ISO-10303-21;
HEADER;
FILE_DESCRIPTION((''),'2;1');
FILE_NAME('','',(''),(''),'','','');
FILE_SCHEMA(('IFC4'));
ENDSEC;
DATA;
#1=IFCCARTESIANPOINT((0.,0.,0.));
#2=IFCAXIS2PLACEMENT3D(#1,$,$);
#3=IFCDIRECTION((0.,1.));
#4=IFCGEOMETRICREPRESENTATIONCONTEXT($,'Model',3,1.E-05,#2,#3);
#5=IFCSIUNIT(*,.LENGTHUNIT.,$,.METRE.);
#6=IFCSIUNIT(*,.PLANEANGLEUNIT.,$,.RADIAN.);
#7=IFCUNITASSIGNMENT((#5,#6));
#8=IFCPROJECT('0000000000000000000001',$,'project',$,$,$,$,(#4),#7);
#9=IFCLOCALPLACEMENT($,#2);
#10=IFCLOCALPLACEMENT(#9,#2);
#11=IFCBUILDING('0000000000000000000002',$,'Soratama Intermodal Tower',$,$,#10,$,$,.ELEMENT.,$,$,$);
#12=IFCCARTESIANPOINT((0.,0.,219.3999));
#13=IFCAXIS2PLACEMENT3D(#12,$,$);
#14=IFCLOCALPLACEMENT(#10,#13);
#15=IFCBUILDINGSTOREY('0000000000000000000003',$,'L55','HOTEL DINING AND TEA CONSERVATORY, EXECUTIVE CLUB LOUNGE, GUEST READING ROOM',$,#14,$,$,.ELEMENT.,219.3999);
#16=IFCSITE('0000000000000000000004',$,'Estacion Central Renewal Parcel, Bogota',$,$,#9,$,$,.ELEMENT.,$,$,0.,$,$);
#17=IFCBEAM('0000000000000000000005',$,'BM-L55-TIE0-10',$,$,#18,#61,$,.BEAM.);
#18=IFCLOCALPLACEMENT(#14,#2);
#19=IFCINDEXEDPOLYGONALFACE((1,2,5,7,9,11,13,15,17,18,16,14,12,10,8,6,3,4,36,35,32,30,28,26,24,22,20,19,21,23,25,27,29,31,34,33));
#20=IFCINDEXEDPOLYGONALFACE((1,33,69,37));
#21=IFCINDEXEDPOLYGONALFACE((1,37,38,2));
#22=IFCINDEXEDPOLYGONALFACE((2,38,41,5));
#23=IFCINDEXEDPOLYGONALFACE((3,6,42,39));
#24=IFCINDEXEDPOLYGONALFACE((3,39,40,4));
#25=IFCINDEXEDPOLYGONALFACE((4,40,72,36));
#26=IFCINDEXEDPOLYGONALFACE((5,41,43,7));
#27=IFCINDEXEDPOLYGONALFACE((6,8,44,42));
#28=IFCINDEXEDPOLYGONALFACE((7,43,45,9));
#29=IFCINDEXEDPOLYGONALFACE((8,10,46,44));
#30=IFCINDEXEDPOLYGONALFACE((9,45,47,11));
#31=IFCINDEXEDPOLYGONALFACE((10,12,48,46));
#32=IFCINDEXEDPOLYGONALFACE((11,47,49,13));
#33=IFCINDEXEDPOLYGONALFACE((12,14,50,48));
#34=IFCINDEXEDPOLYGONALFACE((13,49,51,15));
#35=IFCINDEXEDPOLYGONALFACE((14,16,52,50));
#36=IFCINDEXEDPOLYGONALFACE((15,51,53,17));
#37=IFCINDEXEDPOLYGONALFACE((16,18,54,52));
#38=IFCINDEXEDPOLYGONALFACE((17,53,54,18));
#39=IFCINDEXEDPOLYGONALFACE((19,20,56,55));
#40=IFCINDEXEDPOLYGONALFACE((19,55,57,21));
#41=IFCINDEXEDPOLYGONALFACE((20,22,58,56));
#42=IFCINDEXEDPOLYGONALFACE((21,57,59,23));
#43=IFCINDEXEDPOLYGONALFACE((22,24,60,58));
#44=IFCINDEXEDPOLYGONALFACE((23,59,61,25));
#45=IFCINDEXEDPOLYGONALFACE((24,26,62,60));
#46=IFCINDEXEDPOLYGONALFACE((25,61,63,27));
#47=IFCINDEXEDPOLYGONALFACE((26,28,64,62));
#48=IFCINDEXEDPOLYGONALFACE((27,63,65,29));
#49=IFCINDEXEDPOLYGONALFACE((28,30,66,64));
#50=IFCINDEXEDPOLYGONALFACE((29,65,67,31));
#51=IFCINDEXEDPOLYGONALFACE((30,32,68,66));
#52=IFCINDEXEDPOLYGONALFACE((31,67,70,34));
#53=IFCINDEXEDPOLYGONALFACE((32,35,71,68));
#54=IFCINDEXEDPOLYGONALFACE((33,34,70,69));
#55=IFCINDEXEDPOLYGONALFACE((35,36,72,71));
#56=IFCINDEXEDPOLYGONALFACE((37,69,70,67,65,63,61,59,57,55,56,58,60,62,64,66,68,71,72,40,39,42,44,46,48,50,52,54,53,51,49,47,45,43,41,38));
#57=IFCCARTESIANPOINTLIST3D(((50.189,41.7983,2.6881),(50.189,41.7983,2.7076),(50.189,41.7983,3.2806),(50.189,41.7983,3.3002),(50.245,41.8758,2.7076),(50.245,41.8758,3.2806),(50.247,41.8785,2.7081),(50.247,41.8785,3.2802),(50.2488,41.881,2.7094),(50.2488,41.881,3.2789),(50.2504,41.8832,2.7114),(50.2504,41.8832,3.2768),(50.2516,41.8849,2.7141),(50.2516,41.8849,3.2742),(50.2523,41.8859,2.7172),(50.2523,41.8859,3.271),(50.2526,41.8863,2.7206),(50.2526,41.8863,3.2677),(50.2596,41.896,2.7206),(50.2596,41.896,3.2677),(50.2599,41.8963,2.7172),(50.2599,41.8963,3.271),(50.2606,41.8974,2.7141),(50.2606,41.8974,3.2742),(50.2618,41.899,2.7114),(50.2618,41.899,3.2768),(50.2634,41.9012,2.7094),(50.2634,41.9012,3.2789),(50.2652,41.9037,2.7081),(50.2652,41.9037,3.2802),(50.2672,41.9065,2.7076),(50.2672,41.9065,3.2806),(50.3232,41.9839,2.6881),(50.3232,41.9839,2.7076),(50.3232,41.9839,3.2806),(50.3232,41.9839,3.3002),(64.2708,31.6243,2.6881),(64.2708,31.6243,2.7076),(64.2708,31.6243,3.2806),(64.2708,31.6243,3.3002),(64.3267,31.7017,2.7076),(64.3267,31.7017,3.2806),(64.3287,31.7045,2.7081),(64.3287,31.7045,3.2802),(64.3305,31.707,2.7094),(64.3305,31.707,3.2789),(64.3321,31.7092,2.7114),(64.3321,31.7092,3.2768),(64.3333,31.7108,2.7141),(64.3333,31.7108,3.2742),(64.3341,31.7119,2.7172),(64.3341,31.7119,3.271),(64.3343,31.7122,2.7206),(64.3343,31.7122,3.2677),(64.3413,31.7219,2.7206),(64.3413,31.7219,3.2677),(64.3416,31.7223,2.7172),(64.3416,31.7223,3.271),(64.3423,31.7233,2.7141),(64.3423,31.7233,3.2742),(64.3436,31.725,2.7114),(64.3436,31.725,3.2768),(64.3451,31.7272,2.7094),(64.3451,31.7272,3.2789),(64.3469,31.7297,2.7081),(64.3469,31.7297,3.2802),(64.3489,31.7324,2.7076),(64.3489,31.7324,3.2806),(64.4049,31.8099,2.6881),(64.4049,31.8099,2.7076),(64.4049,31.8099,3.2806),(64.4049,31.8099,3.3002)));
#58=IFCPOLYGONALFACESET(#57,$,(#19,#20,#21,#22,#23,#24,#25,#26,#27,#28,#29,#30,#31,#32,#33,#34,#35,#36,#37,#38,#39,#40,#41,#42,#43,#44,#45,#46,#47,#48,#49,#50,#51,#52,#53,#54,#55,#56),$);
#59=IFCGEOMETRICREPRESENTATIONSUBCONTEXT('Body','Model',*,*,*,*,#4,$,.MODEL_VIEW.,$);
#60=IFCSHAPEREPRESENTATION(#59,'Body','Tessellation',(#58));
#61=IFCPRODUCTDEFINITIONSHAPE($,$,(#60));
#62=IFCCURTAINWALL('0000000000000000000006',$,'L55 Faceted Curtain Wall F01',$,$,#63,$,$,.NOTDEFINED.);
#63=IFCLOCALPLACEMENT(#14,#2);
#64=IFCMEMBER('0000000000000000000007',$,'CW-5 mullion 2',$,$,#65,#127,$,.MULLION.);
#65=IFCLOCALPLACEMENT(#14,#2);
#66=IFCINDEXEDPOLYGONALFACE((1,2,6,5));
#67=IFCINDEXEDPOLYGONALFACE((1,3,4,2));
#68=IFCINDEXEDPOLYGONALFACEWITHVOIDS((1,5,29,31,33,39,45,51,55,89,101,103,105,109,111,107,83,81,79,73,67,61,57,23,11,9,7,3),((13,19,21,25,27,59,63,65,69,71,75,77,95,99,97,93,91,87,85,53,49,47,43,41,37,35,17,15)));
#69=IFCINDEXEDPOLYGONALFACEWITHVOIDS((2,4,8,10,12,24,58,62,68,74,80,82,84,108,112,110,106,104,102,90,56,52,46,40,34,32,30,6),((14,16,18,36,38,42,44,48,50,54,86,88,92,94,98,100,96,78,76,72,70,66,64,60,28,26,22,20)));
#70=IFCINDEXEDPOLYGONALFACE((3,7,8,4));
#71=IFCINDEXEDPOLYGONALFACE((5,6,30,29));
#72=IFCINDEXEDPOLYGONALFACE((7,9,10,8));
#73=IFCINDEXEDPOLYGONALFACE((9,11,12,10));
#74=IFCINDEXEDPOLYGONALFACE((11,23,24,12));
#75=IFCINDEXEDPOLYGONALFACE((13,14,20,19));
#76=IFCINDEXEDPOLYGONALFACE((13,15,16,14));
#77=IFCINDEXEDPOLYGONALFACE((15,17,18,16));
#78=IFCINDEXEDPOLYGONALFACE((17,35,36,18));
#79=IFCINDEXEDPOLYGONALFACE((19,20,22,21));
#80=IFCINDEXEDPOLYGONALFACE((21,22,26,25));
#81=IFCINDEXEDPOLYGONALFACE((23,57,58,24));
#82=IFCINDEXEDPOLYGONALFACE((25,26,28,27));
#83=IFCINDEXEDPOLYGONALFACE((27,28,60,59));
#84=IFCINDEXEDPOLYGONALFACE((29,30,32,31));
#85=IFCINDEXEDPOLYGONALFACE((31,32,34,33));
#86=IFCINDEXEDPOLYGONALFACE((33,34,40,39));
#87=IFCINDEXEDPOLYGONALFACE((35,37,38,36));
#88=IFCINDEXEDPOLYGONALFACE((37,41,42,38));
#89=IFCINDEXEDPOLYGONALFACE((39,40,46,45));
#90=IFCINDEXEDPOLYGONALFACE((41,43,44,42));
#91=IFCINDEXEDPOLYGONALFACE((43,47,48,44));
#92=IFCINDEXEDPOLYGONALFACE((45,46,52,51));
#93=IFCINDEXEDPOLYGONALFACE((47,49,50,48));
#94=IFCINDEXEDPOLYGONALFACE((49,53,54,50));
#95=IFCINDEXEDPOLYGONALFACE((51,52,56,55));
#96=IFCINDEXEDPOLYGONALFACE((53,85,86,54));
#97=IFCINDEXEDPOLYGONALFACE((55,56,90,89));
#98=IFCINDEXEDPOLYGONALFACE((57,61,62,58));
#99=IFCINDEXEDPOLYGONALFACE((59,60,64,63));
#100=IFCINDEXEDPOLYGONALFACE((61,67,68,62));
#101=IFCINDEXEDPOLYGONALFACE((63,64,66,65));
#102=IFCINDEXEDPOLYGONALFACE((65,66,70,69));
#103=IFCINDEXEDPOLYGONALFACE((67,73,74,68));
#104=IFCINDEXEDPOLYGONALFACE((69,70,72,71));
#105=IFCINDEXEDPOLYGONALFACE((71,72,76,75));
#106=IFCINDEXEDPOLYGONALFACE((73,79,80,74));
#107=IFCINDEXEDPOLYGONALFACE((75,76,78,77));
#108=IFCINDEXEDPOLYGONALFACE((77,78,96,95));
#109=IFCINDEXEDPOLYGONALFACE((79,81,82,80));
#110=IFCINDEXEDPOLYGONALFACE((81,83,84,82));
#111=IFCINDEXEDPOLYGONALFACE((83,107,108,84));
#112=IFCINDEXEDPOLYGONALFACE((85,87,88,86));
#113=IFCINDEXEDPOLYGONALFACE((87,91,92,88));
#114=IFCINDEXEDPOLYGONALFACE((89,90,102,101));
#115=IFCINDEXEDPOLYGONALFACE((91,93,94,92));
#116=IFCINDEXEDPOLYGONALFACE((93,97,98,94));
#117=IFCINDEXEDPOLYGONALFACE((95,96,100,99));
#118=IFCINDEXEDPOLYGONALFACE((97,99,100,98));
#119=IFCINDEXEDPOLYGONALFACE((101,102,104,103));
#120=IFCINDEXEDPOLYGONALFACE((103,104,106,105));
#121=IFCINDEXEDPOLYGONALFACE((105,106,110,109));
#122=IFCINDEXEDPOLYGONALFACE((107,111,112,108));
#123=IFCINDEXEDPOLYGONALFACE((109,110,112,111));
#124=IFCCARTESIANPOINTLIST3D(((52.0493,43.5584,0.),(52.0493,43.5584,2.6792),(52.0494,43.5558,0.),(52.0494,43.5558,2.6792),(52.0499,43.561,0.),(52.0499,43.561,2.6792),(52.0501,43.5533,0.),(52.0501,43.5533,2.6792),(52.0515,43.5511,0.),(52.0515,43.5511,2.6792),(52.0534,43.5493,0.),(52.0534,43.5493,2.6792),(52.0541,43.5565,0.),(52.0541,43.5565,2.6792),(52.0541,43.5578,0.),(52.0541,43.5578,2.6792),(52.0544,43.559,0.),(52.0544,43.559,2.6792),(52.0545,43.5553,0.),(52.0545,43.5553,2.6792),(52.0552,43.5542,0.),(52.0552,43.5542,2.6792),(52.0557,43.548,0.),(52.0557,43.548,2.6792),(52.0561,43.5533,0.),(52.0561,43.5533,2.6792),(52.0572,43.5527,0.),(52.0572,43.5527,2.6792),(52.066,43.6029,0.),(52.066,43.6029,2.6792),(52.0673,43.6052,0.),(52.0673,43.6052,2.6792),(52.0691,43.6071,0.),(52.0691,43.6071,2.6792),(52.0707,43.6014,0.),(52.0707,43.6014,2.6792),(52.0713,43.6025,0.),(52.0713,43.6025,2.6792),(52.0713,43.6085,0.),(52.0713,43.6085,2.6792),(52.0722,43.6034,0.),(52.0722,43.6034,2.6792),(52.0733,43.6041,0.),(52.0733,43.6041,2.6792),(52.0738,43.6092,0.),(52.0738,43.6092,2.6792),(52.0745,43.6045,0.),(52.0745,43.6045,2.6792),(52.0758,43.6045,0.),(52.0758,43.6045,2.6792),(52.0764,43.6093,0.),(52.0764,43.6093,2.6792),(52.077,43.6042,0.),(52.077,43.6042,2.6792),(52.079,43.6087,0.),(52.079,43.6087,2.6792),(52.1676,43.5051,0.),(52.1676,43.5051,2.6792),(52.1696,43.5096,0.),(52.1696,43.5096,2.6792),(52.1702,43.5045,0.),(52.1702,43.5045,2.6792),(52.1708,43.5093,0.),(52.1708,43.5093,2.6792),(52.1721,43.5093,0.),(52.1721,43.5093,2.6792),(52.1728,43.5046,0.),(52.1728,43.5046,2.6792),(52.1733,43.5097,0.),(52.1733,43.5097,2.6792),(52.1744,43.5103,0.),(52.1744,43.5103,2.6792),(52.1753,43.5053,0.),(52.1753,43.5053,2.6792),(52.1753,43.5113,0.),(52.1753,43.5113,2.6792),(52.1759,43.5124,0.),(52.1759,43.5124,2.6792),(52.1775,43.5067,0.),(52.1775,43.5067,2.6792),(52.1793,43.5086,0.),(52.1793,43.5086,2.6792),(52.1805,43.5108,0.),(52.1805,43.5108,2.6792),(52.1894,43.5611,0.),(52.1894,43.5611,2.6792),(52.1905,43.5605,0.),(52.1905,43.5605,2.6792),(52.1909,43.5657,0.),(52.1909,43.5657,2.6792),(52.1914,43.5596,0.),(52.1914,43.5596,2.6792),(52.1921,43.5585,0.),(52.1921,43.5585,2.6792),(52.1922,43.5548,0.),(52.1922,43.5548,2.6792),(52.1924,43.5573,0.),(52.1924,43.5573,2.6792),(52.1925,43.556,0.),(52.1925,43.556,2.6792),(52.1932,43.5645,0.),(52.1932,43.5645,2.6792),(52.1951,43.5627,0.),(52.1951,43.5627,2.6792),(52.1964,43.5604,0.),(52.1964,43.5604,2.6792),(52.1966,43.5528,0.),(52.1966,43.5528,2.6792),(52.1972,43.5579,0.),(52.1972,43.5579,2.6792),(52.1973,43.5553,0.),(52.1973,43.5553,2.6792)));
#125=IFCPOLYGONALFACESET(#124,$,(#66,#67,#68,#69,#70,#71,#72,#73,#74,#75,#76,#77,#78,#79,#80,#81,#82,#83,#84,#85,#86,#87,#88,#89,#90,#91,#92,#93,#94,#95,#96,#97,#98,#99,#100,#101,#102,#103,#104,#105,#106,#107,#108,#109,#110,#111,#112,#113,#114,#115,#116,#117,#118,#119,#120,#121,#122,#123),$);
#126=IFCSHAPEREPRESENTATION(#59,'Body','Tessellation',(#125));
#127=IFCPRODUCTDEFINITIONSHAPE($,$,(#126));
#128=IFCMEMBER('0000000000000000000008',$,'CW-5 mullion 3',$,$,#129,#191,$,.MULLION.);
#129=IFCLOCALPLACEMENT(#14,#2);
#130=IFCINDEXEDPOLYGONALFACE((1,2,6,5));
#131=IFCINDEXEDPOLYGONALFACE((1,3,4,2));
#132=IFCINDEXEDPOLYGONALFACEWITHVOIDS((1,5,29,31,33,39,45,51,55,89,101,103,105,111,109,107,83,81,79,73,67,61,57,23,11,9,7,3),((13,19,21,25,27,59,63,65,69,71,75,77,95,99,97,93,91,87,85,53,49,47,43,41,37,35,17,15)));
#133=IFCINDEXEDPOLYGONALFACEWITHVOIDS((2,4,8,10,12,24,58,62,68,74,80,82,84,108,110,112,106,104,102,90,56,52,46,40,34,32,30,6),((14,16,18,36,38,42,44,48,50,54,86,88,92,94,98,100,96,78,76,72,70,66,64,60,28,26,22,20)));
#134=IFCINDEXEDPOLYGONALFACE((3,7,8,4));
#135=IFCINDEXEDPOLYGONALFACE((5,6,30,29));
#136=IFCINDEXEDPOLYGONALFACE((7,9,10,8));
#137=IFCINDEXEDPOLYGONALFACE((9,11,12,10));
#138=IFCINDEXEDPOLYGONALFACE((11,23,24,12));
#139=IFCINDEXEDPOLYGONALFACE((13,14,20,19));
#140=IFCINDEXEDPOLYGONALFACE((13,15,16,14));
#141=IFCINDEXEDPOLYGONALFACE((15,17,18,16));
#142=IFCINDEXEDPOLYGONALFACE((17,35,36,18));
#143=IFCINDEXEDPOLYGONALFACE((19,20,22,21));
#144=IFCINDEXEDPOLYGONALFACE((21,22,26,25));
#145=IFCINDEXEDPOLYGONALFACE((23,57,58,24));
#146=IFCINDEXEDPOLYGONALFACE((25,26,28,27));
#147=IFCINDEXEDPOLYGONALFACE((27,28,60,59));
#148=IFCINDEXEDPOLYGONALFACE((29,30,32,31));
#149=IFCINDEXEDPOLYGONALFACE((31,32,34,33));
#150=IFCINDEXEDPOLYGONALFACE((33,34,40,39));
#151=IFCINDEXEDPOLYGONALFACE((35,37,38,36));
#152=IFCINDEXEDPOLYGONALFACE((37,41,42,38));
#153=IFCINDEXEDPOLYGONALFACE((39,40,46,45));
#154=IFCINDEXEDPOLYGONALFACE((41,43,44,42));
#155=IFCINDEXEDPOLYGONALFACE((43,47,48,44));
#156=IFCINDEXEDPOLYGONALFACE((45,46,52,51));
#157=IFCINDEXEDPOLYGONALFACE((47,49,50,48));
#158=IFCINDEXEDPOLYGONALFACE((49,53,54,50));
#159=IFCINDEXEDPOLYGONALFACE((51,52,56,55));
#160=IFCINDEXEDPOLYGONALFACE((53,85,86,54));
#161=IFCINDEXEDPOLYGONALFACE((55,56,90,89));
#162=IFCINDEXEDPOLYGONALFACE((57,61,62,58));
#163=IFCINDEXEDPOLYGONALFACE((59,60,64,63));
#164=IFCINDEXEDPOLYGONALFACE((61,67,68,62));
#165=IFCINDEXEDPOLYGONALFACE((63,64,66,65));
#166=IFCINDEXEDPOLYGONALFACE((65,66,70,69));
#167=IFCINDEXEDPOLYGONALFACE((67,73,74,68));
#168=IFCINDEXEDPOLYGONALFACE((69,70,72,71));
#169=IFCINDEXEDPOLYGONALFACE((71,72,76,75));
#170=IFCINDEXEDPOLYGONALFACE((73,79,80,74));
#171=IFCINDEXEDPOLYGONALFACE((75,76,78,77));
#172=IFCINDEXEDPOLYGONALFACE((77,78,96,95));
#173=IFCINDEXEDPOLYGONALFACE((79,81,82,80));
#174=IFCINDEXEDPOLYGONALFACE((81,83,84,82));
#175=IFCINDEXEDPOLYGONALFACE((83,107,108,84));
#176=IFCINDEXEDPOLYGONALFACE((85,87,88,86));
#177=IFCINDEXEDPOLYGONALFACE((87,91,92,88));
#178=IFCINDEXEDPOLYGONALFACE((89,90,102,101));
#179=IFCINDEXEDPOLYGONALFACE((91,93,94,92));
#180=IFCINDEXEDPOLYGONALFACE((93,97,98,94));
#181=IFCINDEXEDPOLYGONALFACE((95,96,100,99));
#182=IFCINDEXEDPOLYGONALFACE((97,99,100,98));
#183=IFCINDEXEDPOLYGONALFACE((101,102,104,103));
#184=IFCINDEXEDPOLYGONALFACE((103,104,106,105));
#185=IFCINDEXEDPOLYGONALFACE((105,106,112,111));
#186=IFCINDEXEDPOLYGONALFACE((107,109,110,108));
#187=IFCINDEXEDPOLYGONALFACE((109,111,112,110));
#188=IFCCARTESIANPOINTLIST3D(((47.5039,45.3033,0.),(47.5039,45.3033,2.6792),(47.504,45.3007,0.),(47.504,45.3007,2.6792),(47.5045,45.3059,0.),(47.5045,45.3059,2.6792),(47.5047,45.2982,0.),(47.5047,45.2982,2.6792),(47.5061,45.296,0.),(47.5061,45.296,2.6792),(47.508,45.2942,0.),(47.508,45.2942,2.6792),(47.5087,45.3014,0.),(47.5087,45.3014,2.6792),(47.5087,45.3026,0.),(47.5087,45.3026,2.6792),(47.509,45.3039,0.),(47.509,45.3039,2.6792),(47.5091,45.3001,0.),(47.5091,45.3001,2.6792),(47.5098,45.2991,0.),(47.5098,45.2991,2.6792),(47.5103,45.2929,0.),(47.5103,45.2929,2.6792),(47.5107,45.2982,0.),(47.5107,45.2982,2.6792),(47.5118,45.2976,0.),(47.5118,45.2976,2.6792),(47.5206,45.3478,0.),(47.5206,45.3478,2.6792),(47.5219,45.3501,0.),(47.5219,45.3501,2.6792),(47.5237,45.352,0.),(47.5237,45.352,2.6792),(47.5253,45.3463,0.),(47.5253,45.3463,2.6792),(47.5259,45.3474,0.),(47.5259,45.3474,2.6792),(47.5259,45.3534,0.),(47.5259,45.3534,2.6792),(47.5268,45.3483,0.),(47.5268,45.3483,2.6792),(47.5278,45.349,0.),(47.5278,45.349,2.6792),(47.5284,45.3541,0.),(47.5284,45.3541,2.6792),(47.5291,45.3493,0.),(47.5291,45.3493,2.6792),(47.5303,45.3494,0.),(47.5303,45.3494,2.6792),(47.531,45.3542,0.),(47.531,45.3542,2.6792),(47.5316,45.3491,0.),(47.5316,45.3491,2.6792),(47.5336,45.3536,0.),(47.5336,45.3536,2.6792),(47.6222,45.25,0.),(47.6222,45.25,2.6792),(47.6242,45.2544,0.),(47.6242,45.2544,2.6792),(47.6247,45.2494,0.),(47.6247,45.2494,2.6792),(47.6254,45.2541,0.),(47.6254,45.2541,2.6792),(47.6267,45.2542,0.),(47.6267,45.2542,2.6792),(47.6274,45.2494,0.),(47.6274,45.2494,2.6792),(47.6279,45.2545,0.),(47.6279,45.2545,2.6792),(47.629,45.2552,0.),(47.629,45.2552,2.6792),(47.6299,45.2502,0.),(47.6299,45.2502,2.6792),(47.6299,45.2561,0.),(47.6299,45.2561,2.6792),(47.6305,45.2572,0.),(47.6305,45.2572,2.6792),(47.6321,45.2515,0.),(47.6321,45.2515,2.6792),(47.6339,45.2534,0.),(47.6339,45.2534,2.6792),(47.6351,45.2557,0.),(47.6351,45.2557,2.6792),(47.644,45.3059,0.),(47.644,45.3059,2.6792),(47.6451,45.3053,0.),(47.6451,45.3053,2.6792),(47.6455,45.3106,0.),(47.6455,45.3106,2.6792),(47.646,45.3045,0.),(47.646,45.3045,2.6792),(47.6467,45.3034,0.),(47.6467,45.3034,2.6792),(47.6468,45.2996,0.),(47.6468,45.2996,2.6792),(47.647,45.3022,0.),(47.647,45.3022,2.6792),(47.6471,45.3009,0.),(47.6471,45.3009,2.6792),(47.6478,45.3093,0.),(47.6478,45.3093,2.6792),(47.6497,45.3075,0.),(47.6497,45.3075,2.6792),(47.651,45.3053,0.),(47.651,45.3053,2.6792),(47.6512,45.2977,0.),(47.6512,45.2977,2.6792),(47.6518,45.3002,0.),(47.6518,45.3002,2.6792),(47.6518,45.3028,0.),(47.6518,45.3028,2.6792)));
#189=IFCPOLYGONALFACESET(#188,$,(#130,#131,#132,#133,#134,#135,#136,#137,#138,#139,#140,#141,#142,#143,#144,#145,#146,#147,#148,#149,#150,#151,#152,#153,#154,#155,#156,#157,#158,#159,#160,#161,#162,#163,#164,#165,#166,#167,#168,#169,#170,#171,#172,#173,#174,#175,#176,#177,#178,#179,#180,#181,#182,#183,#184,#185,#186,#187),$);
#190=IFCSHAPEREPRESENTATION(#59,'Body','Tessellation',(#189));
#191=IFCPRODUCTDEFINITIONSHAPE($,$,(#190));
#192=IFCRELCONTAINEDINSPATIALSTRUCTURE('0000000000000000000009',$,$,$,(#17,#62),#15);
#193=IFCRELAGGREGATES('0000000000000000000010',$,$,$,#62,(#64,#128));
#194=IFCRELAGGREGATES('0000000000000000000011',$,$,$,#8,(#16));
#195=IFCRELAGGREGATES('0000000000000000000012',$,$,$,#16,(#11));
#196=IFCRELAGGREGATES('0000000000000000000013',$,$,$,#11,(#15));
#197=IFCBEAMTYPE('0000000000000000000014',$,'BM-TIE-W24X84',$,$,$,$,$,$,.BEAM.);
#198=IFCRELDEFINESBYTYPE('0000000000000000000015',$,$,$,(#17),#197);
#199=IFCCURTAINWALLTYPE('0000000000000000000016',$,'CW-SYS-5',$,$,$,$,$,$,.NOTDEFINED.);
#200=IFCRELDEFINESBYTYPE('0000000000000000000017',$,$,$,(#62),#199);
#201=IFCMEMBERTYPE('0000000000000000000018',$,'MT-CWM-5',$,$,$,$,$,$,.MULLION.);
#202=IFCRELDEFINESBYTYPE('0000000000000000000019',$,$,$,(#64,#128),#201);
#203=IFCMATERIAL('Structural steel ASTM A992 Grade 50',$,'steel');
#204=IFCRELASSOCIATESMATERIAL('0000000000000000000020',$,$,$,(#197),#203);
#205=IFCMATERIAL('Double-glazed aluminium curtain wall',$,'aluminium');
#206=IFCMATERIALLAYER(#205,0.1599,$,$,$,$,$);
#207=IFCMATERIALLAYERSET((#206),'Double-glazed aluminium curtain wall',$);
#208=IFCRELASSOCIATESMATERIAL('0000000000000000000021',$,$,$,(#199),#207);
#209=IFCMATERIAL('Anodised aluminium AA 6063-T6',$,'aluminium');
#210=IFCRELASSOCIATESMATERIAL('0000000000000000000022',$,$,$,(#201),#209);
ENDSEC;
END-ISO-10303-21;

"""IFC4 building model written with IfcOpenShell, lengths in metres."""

from ifc_helpers import new_model, si_unit, direction, frame, origin, origin_2d, place, context, subcontext, project, spatial, hollow_rectangle, i_section, extrude, material, layer, layer_set, material_profile, profile_set, type_object, element, aggregate, save


model = new_model("IFC4")

# Units and contexts
model_context = context("Model", 3, precision=1e-05, world=origin(), true_north=direction((0.0, 1.0)))
body_context = subcontext(model_context, "Body", "Model", "MODEL_VIEW")
ifc_project = project(units=[si_unit("LENGTHUNIT", "METRE"), si_unit("PLANEANGLEUNIT", "RADIAN")], contexts=[model_context])

# Site, building, storey
site_placement = place(None, origin())
site = spatial("IfcSite", under=ifc_project, at=site_placement, Name="Estacion Central Renewal Parcel, Bogota", CompositionType="ELEMENT", RefElevation=0.0)
building_placement = place(site_placement, origin())
building = spatial("IfcBuilding", under=site, at=building_placement, Name="Soratama Intermodal Tower", CompositionType="ELEMENT")
storey_placement = place(building_placement, frame((0.0, 0.0, 219.3999)))
storey = spatial("IfcBuildingStorey", under=building, at=storey_placement, Name="L55", Description="HOTEL DINING AND TEA CONSERVATORY, EXECUTIVE CLUB LOUNGE, GUEST READING ROOM", CompositionType="ELEMENT", Elevation=219.3999)

# Beam
ifc_material_1 = material(Name="Structural steel ASTM A992 Grade 50", Category="steel")
ifc_material_profile_1 = material_profile(ifc_material_1, i_section(OverallWidth=0.229, OverallDepth=0.6121, WebThickness=0.012, FlangeThickness=0.0195, FilletRadius=0.0129, at=origin_2d()), Name="W24X84")
ifc_profile_set_1 = profile_set([ifc_material_profile_1], Name="Structural steel ASTM A992 Grade 50")
beam_type_1 = type_object("IfcBeamType", Name="BM-TIE-W24X84", PredefinedType="BEAM", material=ifc_profile_set_1)
beam_1_placement = place(storey_placement, frame((50.2561, 41.8911, 2.9941), z_axis=(0.810573, -0.585638, 0.0), x_axis=(0.585638, 0.810573, 0.0)))
element("IfcBeam", 1, at=beam_1_placement, inside=storey, type_object=beam_type_1, Name="BM-L55-TIE0-10", PredefinedType="BEAM", context=body_context, shape_type="SweptSolid", body=[
    extrude(i_section(OverallWidth=0.229, OverallDepth=0.6121, WebThickness=0.012, FlangeThickness=0.0195, FilletRadius=0.0129, at=origin_2d()), origin(), (0.0, 0.0, 1.0), 17.3726),
])

# Curtain wall, members
ifc_material_2 = material(Name="Double-glazed aluminium curtain wall", Category="aluminium")
ifc_layer_1 = layer(ifc_material_2, 0.1599)
ifc_layer_set_1 = layer_set([ifc_layer_1], Name="Double-glazed aluminium curtain wall")
curtain_wall_type = type_object("IfcCurtainWallType", Name="CW-SYS-5", PredefinedType="NOTDEFINED", material=ifc_layer_set_1)
curtain_wall_placement = place(storey_placement, origin())
curtain_wall = element("IfcCurtainWall", 2, at=curtain_wall_placement, inside=storey, type_object=curtain_wall_type, Name="L55 Faceted Curtain Wall F01", PredefinedType="NOTDEFINED")
ifc_material_3 = material(Name="Anodised aluminium AA 6063-T6", Category="aluminium")
ifc_material_profile_2 = material_profile(ifc_material_3, hollow_rectangle(XDim=0.0649, YDim=0.1399, WallThickness=0.0049, InnerFilletRadius=0.0049, OuterFilletRadius=0.01, at=origin_2d()), Name="CWM140X65X5")
ifc_profile_set_2 = profile_set([ifc_material_profile_2], Name="Anodised aluminium AA 6063-T6")
member_type_1 = type_object("IfcMemberType", Name="MT-CWM-5", PredefinedType="MULLION", material=ifc_profile_set_2)
member_1_placement = place(storey_placement, frame((52.1233, 43.5569, 0.0), z_axis=(0.0, 0.0, 1.0), x_axis=(-0.358359, -0.933584, 0.0)))
member_1 = element("IfcMember", 3, at=member_1_placement, type_object=member_type_1, Name="CW-5 mullion 2", PredefinedType="MULLION", context=body_context, shape_type="SweptSolid", body=[
    extrude(hollow_rectangle(XDim=0.0649, YDim=0.1399, WallThickness=0.0049, InnerFilletRadius=0.0049, OuterFilletRadius=0.01, at=origin_2d()), origin(), (0.0, 0.0, 1.0), 2.6792),
])
member_2_placement = place(storey_placement, frame((47.5779, 45.3018, 0.0), z_axis=(0.0, 0.0, 1.0), x_axis=(-0.358359, -0.933584, 0.0)))
member_2 = element("IfcMember", 4, at=member_2_placement, type_object=member_type_1, Name="CW-5 mullion 3", PredefinedType="MULLION", context=body_context, shape_type="SweptSolid", body=[
    extrude(hollow_rectangle(XDim=0.0649, YDim=0.1399, WallThickness=0.0049, InnerFilletRadius=0.0049, OuterFilletRadius=0.01, at=origin_2d()), origin(), (0.0, 0.0, 1.0), 2.6792),
])
aggregate(curtain_wall, [member_1, member_2])

save(model, "model.ifc")
